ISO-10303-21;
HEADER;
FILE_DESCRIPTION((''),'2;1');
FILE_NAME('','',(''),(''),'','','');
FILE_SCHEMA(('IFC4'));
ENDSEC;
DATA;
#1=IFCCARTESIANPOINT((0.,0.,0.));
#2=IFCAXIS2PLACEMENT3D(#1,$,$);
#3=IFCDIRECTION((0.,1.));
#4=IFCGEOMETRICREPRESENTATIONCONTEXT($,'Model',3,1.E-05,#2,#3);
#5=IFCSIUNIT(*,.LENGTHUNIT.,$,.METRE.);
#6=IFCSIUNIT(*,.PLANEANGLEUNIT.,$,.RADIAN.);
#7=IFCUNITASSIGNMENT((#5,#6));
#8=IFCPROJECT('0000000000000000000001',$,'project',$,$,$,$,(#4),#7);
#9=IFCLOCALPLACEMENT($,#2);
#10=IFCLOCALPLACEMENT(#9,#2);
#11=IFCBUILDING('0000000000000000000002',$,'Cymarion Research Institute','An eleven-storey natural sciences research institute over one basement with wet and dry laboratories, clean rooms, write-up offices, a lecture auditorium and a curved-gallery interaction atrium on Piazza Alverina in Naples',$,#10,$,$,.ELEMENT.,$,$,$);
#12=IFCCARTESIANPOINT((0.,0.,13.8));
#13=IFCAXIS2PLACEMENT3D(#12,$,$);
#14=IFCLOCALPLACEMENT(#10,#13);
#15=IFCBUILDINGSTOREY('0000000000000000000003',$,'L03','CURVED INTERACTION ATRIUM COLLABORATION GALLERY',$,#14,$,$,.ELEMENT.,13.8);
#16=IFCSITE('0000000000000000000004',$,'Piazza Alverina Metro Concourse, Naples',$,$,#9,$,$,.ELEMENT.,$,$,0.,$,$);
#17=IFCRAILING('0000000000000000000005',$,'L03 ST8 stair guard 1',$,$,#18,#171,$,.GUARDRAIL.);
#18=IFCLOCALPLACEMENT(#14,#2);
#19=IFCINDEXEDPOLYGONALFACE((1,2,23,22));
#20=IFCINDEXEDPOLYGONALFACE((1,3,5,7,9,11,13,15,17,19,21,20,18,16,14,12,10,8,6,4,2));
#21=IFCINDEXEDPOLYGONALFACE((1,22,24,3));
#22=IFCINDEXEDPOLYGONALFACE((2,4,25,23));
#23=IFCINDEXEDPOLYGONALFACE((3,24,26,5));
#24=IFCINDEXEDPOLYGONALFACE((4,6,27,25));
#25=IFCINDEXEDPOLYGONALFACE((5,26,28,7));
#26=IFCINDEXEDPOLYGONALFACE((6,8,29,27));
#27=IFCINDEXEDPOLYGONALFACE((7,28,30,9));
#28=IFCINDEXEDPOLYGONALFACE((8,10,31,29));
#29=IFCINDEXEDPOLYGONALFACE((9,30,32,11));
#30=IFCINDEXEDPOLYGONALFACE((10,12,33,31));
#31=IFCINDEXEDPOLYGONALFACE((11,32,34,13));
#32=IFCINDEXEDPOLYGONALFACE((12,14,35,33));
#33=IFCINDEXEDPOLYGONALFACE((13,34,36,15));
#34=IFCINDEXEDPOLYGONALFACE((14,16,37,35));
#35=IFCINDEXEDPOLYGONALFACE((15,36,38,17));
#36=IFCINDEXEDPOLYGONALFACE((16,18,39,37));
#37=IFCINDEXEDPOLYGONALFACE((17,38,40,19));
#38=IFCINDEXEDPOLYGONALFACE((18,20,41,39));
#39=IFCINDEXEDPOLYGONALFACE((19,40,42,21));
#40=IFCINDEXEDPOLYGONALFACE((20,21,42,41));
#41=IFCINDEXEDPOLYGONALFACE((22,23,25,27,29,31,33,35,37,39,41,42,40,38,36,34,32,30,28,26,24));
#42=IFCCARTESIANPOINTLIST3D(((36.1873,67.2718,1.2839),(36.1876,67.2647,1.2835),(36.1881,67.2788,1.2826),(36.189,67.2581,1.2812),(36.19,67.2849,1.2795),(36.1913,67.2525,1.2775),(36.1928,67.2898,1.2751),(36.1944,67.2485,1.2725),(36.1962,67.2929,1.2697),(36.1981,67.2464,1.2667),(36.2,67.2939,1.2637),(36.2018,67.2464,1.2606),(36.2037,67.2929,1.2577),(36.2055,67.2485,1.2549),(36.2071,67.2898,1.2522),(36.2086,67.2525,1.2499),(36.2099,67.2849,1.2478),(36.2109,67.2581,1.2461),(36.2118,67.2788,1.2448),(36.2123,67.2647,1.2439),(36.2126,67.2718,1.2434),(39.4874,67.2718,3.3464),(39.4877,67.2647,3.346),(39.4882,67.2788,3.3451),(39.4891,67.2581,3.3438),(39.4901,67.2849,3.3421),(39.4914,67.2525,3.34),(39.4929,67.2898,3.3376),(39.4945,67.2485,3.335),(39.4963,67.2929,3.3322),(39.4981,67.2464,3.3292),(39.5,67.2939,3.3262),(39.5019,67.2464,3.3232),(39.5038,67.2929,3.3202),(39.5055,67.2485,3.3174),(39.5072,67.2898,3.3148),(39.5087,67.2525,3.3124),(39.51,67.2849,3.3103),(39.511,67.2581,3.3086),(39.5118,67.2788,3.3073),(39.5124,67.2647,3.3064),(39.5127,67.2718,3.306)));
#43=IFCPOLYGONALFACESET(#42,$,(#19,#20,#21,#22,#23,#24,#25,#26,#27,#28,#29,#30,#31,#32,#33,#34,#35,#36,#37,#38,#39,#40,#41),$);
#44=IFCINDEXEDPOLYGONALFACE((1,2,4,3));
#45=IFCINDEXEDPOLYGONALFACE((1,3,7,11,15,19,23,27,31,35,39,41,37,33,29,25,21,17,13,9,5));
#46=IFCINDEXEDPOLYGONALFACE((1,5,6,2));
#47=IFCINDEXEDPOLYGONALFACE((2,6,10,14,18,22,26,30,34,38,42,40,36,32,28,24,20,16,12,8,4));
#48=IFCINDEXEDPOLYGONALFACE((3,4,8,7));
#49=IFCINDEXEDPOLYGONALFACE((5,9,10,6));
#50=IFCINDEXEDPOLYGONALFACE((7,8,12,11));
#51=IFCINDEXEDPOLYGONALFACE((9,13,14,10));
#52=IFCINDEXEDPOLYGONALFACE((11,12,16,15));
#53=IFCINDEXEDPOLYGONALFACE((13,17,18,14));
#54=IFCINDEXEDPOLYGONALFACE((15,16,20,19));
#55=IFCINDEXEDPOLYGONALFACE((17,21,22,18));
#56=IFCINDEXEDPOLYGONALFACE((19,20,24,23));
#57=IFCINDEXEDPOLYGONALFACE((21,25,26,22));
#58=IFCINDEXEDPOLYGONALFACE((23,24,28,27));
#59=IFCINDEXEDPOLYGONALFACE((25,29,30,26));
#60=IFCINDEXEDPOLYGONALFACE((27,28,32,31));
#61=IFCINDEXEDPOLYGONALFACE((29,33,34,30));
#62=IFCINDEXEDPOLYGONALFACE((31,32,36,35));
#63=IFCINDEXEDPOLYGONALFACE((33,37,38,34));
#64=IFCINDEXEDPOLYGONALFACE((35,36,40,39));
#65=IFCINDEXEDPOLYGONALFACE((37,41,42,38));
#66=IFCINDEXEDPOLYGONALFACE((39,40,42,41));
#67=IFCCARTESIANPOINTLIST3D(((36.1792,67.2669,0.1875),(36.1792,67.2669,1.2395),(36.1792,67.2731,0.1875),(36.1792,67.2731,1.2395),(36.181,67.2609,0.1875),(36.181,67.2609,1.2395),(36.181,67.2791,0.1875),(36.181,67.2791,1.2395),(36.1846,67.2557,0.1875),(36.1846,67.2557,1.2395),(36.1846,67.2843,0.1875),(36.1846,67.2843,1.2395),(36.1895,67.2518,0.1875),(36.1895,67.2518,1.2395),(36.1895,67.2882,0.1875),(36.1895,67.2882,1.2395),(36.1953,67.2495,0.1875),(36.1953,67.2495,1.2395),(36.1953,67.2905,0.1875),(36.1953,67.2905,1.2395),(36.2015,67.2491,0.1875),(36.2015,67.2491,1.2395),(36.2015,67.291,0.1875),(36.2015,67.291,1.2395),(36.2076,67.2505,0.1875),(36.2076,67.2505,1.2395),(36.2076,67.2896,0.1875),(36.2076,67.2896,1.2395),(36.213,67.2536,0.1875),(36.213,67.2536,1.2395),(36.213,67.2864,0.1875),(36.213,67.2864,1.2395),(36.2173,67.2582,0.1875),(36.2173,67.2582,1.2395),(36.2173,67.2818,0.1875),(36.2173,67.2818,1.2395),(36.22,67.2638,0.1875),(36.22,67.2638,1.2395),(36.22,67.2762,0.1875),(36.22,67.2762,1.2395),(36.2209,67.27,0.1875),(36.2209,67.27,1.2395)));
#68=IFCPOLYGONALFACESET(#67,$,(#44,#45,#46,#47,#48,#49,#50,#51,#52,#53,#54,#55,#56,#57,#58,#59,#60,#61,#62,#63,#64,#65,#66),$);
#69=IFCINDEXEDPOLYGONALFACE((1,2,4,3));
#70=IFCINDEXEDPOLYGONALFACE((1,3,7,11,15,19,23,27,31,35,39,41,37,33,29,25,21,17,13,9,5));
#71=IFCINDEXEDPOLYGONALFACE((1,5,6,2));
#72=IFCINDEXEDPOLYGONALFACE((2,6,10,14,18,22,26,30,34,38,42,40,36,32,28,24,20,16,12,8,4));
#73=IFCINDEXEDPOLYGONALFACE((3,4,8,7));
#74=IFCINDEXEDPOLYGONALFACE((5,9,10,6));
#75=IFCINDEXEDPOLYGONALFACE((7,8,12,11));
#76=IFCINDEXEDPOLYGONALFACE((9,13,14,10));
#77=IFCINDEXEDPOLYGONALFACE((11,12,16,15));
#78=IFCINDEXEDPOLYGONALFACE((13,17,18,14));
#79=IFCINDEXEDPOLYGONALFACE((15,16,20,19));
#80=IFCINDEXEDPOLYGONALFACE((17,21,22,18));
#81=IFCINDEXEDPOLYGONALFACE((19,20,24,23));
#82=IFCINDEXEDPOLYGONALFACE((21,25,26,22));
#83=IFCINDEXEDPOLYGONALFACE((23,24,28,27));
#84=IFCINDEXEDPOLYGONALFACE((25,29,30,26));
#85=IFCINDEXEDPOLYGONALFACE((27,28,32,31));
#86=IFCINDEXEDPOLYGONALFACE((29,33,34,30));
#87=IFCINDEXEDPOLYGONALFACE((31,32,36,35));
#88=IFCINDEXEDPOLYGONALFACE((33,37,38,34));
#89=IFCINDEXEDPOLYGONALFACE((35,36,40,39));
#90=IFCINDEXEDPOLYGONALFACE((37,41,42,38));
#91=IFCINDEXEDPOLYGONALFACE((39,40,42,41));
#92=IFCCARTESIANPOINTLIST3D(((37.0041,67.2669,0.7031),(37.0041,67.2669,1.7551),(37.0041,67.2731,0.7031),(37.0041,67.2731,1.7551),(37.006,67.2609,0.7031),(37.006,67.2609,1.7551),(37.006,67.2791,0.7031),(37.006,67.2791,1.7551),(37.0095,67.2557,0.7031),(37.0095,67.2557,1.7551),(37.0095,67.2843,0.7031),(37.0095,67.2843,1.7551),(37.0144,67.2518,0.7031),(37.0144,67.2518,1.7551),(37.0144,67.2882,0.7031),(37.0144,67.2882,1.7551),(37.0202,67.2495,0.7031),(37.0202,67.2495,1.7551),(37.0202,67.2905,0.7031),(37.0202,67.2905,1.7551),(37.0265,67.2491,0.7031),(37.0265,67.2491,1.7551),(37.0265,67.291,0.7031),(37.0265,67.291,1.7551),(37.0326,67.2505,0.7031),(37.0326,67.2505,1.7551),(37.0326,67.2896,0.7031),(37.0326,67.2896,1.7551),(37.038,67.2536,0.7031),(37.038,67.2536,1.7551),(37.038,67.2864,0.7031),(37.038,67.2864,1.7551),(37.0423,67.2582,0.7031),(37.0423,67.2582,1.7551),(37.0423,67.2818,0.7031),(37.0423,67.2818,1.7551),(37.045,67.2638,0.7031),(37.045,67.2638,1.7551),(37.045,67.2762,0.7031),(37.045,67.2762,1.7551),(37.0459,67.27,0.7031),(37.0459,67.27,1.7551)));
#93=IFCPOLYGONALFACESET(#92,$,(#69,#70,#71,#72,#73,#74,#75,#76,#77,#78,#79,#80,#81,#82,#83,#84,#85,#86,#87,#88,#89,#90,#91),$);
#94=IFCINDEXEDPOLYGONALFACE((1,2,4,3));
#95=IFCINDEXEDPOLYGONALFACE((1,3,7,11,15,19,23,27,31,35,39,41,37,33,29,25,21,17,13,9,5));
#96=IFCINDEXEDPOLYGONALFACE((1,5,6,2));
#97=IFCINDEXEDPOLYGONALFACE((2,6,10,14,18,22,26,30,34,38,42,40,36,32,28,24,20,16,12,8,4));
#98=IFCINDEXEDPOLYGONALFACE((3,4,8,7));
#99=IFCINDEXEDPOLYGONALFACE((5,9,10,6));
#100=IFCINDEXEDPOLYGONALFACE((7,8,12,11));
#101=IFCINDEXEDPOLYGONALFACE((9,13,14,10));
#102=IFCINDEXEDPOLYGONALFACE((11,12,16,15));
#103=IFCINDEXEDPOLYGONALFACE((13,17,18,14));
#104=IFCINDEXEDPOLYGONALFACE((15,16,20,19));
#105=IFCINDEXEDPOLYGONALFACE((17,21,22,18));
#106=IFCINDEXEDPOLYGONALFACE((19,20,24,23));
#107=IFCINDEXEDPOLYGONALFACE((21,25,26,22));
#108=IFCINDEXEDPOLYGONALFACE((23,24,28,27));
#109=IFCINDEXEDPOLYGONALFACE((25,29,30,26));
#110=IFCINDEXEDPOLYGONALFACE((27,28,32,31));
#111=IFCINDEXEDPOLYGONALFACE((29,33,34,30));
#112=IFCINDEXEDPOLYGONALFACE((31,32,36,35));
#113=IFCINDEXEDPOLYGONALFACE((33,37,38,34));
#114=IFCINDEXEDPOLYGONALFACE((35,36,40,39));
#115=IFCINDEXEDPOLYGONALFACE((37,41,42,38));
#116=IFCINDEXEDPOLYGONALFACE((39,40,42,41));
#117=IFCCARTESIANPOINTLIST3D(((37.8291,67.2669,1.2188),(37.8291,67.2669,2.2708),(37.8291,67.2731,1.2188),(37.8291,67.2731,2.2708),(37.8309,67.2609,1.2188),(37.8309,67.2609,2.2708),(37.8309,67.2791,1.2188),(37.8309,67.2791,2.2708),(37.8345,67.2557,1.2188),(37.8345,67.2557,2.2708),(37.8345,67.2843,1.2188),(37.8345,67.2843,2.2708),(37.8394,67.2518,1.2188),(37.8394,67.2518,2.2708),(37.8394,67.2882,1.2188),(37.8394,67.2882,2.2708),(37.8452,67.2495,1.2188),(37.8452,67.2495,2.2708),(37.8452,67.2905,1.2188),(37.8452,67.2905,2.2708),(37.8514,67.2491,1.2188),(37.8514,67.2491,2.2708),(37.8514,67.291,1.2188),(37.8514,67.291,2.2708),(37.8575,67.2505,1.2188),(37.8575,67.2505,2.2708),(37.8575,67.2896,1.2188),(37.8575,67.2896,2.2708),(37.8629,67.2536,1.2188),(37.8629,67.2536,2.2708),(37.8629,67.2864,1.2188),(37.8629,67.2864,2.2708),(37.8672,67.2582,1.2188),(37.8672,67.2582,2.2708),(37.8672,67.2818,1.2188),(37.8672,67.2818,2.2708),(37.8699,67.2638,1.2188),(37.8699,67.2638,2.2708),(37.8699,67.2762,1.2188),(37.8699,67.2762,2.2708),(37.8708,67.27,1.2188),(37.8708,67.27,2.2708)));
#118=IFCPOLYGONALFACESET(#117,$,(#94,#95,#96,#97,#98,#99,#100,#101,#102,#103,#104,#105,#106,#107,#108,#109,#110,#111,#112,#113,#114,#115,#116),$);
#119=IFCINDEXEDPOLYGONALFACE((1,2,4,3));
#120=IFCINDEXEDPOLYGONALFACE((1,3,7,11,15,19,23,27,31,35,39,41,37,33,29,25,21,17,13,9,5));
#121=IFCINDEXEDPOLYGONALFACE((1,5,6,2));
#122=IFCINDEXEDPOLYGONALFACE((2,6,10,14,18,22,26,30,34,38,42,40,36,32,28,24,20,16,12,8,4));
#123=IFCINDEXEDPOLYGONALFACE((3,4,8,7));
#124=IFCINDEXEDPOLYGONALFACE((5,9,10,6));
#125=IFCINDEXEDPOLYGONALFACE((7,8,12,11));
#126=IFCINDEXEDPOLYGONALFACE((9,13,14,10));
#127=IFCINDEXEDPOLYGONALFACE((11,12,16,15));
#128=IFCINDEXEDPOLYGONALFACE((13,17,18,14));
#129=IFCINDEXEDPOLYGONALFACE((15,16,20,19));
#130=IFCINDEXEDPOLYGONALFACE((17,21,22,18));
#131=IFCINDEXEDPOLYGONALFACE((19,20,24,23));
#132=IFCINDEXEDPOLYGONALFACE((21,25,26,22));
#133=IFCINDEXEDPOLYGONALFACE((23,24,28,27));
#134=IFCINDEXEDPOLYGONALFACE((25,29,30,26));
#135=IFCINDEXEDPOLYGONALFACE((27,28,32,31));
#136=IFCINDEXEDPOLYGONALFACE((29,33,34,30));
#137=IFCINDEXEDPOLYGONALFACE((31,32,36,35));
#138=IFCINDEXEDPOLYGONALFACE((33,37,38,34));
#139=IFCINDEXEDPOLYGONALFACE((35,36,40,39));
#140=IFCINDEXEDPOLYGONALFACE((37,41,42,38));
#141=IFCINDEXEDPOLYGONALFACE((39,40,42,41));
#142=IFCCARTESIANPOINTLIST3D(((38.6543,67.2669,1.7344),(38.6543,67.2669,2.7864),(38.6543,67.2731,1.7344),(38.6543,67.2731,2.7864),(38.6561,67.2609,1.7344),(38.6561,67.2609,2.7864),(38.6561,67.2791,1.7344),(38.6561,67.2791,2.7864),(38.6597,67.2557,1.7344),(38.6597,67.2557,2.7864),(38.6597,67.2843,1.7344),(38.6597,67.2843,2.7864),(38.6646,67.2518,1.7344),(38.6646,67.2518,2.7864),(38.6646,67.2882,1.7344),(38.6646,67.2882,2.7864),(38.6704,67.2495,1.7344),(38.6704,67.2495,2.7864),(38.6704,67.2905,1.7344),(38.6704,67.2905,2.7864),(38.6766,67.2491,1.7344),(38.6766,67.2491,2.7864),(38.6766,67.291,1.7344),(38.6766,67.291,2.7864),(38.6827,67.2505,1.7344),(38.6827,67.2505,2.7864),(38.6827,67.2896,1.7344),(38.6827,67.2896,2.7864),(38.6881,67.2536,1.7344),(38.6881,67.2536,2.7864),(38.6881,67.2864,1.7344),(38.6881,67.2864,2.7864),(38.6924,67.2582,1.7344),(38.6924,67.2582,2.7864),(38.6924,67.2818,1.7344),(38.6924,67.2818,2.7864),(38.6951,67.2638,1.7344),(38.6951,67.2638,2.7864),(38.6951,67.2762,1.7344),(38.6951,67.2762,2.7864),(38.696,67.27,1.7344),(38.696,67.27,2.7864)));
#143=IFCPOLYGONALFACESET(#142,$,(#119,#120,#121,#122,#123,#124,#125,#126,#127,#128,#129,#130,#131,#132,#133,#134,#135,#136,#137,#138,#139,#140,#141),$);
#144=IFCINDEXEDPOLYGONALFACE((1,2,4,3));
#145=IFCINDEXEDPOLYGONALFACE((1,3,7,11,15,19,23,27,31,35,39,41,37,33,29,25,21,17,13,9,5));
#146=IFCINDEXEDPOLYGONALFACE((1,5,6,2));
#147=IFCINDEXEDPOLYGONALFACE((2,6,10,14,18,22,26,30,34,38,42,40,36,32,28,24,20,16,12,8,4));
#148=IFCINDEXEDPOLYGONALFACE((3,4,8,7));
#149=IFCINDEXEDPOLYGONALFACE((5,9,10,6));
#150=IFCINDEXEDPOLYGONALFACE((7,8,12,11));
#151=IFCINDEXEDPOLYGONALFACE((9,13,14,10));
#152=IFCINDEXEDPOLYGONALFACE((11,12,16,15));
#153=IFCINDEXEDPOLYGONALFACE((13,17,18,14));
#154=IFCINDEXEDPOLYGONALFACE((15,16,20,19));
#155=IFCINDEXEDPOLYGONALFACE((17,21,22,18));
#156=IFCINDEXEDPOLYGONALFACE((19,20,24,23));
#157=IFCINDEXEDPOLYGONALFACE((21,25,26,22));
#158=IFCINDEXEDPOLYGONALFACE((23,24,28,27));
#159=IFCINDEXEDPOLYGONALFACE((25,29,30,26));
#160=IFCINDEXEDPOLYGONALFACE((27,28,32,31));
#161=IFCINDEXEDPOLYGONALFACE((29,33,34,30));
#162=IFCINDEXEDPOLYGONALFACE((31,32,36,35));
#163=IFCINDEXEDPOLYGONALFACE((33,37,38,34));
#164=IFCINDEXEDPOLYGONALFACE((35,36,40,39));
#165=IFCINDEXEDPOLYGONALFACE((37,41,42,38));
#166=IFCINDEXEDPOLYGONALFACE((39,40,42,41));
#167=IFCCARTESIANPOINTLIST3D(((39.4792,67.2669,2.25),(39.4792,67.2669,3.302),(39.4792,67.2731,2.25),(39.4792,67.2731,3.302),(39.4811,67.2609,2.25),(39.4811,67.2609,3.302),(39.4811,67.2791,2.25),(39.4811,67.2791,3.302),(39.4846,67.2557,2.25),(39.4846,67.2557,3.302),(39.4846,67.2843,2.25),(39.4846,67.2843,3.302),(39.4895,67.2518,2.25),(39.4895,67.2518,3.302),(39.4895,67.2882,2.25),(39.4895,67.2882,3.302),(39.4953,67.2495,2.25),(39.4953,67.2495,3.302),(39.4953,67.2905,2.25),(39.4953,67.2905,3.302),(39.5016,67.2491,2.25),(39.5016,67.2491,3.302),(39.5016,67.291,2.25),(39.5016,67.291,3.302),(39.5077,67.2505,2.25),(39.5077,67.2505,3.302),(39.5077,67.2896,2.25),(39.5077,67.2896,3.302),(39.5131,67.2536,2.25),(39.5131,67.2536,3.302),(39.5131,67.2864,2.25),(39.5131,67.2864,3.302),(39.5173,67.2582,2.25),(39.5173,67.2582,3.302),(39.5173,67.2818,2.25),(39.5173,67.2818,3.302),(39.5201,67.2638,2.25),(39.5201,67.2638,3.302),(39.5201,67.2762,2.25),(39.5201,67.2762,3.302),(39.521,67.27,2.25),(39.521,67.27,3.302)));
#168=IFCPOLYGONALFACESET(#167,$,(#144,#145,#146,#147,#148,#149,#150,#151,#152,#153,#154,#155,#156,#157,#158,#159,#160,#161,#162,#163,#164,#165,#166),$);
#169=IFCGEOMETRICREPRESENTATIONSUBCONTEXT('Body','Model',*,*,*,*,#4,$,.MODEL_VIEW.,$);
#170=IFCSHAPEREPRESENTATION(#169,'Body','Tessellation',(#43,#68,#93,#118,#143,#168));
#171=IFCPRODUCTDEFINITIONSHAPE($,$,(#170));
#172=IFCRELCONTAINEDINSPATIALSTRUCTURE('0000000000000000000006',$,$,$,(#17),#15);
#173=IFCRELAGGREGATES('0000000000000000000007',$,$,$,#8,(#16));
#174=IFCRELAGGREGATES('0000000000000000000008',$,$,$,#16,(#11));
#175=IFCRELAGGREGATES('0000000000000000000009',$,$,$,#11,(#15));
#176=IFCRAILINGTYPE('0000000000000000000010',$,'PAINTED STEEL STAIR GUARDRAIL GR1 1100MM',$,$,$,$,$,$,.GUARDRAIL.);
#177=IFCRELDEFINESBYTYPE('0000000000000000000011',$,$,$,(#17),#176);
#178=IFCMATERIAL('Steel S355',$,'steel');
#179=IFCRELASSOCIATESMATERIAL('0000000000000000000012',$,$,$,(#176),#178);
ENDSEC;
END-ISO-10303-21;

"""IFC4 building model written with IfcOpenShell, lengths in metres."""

from ifc_helpers import new_model, si_unit, direction, frame, origin, origin_2d, place, context, subcontext, project, spatial, circle, extrude, material, type_object, element, save


model = new_model("IFC4")

# Units and contexts
model_context = context("Model", 3, precision=1e-05, world=origin(), true_north=direction((0.0, 1.0)))
body_context = subcontext(model_context, "Body", "Model", "MODEL_VIEW")
ifc_project = project(units=[si_unit("LENGTHUNIT", "METRE"), si_unit("PLANEANGLEUNIT", "RADIAN")], contexts=[model_context])

# Site, building, storey
site_placement = place(None, origin())
site = spatial("IfcSite", under=ifc_project, at=site_placement, Name="Piazza Alverina Metro Concourse, Naples", CompositionType="ELEMENT", RefElevation=0.0)
building_placement = place(site_placement, origin())
building = spatial("IfcBuilding", under=site, at=building_placement, Name="Cymarion Research Institute", Description="An eleven-storey natural sciences research institute over one basement with wet and dry laboratories, clean rooms, write-up offices, a lecture auditorium and a curved-gallery interaction atrium on Piazza Alverina in Naples", CompositionType="ELEMENT")
storey_placement = place(building_placement, frame((0.0, 0.0, 13.8)))
storey = spatial("IfcBuildingStorey", under=building, at=storey_placement, Name="L03", Description="CURVED INTERACTION ATRIUM COLLABORATION GALLERY", CompositionType="ELEMENT", Elevation=13.8)

# Shared definitions
ifc_material_1 = material(Name="Steel S355", Category="steel")

# Railing
railing_type_1 = type_object("IfcRailingType", Name="PAINTED STEEL STAIR GUARDRAIL GR1 1100MM", PredefinedType="GUARDRAIL", material=ifc_material_1)
railing_1_placement = place(storey_placement, frame((36.2, 67.27, 0.1875)))
element("IfcRailing", 1, at=railing_1_placement, inside=storey, type_object=railing_type_1, Name="L03 ST8 stair guard 1", PredefinedType="GUARDRAIL", context=body_context, shape_type="SweptSolid", body=[
    extrude(circle(Radius=0.0239, at=origin_2d()), frame((0.0, 0.0, 1.0762), z_axis=(0.848002, 0.0, 0.529993), x_axis=(0.0, 1.0, 0.0)), (0.0, 0.0, 1.0), 3.8916),
    extrude(circle(Radius=0.021, at=origin_2d()), origin(), (0.0, 0.0, 1.0), 1.052),
    extrude(circle(Radius=0.021, at=origin_2d()), frame((0.825, 0.0, 0.5156)), (0.0, 0.0, 1.0), 1.052),
    extrude(circle(Radius=0.021, at=origin_2d()), frame((1.6499, 0.0, 1.0312)), (0.0, 0.0, 1.0), 1.052),
    extrude(circle(Radius=0.021, at=origin_2d()), frame((2.4751, 0.0, 1.5469)), (0.0, 0.0, 1.0), 1.052),
    extrude(circle(Radius=0.021, at=origin_2d()), frame((3.3, 0.0, 2.0625)), (0.0, 0.0, 1.0), 1.052),
])

save(model, "model.ifc")
